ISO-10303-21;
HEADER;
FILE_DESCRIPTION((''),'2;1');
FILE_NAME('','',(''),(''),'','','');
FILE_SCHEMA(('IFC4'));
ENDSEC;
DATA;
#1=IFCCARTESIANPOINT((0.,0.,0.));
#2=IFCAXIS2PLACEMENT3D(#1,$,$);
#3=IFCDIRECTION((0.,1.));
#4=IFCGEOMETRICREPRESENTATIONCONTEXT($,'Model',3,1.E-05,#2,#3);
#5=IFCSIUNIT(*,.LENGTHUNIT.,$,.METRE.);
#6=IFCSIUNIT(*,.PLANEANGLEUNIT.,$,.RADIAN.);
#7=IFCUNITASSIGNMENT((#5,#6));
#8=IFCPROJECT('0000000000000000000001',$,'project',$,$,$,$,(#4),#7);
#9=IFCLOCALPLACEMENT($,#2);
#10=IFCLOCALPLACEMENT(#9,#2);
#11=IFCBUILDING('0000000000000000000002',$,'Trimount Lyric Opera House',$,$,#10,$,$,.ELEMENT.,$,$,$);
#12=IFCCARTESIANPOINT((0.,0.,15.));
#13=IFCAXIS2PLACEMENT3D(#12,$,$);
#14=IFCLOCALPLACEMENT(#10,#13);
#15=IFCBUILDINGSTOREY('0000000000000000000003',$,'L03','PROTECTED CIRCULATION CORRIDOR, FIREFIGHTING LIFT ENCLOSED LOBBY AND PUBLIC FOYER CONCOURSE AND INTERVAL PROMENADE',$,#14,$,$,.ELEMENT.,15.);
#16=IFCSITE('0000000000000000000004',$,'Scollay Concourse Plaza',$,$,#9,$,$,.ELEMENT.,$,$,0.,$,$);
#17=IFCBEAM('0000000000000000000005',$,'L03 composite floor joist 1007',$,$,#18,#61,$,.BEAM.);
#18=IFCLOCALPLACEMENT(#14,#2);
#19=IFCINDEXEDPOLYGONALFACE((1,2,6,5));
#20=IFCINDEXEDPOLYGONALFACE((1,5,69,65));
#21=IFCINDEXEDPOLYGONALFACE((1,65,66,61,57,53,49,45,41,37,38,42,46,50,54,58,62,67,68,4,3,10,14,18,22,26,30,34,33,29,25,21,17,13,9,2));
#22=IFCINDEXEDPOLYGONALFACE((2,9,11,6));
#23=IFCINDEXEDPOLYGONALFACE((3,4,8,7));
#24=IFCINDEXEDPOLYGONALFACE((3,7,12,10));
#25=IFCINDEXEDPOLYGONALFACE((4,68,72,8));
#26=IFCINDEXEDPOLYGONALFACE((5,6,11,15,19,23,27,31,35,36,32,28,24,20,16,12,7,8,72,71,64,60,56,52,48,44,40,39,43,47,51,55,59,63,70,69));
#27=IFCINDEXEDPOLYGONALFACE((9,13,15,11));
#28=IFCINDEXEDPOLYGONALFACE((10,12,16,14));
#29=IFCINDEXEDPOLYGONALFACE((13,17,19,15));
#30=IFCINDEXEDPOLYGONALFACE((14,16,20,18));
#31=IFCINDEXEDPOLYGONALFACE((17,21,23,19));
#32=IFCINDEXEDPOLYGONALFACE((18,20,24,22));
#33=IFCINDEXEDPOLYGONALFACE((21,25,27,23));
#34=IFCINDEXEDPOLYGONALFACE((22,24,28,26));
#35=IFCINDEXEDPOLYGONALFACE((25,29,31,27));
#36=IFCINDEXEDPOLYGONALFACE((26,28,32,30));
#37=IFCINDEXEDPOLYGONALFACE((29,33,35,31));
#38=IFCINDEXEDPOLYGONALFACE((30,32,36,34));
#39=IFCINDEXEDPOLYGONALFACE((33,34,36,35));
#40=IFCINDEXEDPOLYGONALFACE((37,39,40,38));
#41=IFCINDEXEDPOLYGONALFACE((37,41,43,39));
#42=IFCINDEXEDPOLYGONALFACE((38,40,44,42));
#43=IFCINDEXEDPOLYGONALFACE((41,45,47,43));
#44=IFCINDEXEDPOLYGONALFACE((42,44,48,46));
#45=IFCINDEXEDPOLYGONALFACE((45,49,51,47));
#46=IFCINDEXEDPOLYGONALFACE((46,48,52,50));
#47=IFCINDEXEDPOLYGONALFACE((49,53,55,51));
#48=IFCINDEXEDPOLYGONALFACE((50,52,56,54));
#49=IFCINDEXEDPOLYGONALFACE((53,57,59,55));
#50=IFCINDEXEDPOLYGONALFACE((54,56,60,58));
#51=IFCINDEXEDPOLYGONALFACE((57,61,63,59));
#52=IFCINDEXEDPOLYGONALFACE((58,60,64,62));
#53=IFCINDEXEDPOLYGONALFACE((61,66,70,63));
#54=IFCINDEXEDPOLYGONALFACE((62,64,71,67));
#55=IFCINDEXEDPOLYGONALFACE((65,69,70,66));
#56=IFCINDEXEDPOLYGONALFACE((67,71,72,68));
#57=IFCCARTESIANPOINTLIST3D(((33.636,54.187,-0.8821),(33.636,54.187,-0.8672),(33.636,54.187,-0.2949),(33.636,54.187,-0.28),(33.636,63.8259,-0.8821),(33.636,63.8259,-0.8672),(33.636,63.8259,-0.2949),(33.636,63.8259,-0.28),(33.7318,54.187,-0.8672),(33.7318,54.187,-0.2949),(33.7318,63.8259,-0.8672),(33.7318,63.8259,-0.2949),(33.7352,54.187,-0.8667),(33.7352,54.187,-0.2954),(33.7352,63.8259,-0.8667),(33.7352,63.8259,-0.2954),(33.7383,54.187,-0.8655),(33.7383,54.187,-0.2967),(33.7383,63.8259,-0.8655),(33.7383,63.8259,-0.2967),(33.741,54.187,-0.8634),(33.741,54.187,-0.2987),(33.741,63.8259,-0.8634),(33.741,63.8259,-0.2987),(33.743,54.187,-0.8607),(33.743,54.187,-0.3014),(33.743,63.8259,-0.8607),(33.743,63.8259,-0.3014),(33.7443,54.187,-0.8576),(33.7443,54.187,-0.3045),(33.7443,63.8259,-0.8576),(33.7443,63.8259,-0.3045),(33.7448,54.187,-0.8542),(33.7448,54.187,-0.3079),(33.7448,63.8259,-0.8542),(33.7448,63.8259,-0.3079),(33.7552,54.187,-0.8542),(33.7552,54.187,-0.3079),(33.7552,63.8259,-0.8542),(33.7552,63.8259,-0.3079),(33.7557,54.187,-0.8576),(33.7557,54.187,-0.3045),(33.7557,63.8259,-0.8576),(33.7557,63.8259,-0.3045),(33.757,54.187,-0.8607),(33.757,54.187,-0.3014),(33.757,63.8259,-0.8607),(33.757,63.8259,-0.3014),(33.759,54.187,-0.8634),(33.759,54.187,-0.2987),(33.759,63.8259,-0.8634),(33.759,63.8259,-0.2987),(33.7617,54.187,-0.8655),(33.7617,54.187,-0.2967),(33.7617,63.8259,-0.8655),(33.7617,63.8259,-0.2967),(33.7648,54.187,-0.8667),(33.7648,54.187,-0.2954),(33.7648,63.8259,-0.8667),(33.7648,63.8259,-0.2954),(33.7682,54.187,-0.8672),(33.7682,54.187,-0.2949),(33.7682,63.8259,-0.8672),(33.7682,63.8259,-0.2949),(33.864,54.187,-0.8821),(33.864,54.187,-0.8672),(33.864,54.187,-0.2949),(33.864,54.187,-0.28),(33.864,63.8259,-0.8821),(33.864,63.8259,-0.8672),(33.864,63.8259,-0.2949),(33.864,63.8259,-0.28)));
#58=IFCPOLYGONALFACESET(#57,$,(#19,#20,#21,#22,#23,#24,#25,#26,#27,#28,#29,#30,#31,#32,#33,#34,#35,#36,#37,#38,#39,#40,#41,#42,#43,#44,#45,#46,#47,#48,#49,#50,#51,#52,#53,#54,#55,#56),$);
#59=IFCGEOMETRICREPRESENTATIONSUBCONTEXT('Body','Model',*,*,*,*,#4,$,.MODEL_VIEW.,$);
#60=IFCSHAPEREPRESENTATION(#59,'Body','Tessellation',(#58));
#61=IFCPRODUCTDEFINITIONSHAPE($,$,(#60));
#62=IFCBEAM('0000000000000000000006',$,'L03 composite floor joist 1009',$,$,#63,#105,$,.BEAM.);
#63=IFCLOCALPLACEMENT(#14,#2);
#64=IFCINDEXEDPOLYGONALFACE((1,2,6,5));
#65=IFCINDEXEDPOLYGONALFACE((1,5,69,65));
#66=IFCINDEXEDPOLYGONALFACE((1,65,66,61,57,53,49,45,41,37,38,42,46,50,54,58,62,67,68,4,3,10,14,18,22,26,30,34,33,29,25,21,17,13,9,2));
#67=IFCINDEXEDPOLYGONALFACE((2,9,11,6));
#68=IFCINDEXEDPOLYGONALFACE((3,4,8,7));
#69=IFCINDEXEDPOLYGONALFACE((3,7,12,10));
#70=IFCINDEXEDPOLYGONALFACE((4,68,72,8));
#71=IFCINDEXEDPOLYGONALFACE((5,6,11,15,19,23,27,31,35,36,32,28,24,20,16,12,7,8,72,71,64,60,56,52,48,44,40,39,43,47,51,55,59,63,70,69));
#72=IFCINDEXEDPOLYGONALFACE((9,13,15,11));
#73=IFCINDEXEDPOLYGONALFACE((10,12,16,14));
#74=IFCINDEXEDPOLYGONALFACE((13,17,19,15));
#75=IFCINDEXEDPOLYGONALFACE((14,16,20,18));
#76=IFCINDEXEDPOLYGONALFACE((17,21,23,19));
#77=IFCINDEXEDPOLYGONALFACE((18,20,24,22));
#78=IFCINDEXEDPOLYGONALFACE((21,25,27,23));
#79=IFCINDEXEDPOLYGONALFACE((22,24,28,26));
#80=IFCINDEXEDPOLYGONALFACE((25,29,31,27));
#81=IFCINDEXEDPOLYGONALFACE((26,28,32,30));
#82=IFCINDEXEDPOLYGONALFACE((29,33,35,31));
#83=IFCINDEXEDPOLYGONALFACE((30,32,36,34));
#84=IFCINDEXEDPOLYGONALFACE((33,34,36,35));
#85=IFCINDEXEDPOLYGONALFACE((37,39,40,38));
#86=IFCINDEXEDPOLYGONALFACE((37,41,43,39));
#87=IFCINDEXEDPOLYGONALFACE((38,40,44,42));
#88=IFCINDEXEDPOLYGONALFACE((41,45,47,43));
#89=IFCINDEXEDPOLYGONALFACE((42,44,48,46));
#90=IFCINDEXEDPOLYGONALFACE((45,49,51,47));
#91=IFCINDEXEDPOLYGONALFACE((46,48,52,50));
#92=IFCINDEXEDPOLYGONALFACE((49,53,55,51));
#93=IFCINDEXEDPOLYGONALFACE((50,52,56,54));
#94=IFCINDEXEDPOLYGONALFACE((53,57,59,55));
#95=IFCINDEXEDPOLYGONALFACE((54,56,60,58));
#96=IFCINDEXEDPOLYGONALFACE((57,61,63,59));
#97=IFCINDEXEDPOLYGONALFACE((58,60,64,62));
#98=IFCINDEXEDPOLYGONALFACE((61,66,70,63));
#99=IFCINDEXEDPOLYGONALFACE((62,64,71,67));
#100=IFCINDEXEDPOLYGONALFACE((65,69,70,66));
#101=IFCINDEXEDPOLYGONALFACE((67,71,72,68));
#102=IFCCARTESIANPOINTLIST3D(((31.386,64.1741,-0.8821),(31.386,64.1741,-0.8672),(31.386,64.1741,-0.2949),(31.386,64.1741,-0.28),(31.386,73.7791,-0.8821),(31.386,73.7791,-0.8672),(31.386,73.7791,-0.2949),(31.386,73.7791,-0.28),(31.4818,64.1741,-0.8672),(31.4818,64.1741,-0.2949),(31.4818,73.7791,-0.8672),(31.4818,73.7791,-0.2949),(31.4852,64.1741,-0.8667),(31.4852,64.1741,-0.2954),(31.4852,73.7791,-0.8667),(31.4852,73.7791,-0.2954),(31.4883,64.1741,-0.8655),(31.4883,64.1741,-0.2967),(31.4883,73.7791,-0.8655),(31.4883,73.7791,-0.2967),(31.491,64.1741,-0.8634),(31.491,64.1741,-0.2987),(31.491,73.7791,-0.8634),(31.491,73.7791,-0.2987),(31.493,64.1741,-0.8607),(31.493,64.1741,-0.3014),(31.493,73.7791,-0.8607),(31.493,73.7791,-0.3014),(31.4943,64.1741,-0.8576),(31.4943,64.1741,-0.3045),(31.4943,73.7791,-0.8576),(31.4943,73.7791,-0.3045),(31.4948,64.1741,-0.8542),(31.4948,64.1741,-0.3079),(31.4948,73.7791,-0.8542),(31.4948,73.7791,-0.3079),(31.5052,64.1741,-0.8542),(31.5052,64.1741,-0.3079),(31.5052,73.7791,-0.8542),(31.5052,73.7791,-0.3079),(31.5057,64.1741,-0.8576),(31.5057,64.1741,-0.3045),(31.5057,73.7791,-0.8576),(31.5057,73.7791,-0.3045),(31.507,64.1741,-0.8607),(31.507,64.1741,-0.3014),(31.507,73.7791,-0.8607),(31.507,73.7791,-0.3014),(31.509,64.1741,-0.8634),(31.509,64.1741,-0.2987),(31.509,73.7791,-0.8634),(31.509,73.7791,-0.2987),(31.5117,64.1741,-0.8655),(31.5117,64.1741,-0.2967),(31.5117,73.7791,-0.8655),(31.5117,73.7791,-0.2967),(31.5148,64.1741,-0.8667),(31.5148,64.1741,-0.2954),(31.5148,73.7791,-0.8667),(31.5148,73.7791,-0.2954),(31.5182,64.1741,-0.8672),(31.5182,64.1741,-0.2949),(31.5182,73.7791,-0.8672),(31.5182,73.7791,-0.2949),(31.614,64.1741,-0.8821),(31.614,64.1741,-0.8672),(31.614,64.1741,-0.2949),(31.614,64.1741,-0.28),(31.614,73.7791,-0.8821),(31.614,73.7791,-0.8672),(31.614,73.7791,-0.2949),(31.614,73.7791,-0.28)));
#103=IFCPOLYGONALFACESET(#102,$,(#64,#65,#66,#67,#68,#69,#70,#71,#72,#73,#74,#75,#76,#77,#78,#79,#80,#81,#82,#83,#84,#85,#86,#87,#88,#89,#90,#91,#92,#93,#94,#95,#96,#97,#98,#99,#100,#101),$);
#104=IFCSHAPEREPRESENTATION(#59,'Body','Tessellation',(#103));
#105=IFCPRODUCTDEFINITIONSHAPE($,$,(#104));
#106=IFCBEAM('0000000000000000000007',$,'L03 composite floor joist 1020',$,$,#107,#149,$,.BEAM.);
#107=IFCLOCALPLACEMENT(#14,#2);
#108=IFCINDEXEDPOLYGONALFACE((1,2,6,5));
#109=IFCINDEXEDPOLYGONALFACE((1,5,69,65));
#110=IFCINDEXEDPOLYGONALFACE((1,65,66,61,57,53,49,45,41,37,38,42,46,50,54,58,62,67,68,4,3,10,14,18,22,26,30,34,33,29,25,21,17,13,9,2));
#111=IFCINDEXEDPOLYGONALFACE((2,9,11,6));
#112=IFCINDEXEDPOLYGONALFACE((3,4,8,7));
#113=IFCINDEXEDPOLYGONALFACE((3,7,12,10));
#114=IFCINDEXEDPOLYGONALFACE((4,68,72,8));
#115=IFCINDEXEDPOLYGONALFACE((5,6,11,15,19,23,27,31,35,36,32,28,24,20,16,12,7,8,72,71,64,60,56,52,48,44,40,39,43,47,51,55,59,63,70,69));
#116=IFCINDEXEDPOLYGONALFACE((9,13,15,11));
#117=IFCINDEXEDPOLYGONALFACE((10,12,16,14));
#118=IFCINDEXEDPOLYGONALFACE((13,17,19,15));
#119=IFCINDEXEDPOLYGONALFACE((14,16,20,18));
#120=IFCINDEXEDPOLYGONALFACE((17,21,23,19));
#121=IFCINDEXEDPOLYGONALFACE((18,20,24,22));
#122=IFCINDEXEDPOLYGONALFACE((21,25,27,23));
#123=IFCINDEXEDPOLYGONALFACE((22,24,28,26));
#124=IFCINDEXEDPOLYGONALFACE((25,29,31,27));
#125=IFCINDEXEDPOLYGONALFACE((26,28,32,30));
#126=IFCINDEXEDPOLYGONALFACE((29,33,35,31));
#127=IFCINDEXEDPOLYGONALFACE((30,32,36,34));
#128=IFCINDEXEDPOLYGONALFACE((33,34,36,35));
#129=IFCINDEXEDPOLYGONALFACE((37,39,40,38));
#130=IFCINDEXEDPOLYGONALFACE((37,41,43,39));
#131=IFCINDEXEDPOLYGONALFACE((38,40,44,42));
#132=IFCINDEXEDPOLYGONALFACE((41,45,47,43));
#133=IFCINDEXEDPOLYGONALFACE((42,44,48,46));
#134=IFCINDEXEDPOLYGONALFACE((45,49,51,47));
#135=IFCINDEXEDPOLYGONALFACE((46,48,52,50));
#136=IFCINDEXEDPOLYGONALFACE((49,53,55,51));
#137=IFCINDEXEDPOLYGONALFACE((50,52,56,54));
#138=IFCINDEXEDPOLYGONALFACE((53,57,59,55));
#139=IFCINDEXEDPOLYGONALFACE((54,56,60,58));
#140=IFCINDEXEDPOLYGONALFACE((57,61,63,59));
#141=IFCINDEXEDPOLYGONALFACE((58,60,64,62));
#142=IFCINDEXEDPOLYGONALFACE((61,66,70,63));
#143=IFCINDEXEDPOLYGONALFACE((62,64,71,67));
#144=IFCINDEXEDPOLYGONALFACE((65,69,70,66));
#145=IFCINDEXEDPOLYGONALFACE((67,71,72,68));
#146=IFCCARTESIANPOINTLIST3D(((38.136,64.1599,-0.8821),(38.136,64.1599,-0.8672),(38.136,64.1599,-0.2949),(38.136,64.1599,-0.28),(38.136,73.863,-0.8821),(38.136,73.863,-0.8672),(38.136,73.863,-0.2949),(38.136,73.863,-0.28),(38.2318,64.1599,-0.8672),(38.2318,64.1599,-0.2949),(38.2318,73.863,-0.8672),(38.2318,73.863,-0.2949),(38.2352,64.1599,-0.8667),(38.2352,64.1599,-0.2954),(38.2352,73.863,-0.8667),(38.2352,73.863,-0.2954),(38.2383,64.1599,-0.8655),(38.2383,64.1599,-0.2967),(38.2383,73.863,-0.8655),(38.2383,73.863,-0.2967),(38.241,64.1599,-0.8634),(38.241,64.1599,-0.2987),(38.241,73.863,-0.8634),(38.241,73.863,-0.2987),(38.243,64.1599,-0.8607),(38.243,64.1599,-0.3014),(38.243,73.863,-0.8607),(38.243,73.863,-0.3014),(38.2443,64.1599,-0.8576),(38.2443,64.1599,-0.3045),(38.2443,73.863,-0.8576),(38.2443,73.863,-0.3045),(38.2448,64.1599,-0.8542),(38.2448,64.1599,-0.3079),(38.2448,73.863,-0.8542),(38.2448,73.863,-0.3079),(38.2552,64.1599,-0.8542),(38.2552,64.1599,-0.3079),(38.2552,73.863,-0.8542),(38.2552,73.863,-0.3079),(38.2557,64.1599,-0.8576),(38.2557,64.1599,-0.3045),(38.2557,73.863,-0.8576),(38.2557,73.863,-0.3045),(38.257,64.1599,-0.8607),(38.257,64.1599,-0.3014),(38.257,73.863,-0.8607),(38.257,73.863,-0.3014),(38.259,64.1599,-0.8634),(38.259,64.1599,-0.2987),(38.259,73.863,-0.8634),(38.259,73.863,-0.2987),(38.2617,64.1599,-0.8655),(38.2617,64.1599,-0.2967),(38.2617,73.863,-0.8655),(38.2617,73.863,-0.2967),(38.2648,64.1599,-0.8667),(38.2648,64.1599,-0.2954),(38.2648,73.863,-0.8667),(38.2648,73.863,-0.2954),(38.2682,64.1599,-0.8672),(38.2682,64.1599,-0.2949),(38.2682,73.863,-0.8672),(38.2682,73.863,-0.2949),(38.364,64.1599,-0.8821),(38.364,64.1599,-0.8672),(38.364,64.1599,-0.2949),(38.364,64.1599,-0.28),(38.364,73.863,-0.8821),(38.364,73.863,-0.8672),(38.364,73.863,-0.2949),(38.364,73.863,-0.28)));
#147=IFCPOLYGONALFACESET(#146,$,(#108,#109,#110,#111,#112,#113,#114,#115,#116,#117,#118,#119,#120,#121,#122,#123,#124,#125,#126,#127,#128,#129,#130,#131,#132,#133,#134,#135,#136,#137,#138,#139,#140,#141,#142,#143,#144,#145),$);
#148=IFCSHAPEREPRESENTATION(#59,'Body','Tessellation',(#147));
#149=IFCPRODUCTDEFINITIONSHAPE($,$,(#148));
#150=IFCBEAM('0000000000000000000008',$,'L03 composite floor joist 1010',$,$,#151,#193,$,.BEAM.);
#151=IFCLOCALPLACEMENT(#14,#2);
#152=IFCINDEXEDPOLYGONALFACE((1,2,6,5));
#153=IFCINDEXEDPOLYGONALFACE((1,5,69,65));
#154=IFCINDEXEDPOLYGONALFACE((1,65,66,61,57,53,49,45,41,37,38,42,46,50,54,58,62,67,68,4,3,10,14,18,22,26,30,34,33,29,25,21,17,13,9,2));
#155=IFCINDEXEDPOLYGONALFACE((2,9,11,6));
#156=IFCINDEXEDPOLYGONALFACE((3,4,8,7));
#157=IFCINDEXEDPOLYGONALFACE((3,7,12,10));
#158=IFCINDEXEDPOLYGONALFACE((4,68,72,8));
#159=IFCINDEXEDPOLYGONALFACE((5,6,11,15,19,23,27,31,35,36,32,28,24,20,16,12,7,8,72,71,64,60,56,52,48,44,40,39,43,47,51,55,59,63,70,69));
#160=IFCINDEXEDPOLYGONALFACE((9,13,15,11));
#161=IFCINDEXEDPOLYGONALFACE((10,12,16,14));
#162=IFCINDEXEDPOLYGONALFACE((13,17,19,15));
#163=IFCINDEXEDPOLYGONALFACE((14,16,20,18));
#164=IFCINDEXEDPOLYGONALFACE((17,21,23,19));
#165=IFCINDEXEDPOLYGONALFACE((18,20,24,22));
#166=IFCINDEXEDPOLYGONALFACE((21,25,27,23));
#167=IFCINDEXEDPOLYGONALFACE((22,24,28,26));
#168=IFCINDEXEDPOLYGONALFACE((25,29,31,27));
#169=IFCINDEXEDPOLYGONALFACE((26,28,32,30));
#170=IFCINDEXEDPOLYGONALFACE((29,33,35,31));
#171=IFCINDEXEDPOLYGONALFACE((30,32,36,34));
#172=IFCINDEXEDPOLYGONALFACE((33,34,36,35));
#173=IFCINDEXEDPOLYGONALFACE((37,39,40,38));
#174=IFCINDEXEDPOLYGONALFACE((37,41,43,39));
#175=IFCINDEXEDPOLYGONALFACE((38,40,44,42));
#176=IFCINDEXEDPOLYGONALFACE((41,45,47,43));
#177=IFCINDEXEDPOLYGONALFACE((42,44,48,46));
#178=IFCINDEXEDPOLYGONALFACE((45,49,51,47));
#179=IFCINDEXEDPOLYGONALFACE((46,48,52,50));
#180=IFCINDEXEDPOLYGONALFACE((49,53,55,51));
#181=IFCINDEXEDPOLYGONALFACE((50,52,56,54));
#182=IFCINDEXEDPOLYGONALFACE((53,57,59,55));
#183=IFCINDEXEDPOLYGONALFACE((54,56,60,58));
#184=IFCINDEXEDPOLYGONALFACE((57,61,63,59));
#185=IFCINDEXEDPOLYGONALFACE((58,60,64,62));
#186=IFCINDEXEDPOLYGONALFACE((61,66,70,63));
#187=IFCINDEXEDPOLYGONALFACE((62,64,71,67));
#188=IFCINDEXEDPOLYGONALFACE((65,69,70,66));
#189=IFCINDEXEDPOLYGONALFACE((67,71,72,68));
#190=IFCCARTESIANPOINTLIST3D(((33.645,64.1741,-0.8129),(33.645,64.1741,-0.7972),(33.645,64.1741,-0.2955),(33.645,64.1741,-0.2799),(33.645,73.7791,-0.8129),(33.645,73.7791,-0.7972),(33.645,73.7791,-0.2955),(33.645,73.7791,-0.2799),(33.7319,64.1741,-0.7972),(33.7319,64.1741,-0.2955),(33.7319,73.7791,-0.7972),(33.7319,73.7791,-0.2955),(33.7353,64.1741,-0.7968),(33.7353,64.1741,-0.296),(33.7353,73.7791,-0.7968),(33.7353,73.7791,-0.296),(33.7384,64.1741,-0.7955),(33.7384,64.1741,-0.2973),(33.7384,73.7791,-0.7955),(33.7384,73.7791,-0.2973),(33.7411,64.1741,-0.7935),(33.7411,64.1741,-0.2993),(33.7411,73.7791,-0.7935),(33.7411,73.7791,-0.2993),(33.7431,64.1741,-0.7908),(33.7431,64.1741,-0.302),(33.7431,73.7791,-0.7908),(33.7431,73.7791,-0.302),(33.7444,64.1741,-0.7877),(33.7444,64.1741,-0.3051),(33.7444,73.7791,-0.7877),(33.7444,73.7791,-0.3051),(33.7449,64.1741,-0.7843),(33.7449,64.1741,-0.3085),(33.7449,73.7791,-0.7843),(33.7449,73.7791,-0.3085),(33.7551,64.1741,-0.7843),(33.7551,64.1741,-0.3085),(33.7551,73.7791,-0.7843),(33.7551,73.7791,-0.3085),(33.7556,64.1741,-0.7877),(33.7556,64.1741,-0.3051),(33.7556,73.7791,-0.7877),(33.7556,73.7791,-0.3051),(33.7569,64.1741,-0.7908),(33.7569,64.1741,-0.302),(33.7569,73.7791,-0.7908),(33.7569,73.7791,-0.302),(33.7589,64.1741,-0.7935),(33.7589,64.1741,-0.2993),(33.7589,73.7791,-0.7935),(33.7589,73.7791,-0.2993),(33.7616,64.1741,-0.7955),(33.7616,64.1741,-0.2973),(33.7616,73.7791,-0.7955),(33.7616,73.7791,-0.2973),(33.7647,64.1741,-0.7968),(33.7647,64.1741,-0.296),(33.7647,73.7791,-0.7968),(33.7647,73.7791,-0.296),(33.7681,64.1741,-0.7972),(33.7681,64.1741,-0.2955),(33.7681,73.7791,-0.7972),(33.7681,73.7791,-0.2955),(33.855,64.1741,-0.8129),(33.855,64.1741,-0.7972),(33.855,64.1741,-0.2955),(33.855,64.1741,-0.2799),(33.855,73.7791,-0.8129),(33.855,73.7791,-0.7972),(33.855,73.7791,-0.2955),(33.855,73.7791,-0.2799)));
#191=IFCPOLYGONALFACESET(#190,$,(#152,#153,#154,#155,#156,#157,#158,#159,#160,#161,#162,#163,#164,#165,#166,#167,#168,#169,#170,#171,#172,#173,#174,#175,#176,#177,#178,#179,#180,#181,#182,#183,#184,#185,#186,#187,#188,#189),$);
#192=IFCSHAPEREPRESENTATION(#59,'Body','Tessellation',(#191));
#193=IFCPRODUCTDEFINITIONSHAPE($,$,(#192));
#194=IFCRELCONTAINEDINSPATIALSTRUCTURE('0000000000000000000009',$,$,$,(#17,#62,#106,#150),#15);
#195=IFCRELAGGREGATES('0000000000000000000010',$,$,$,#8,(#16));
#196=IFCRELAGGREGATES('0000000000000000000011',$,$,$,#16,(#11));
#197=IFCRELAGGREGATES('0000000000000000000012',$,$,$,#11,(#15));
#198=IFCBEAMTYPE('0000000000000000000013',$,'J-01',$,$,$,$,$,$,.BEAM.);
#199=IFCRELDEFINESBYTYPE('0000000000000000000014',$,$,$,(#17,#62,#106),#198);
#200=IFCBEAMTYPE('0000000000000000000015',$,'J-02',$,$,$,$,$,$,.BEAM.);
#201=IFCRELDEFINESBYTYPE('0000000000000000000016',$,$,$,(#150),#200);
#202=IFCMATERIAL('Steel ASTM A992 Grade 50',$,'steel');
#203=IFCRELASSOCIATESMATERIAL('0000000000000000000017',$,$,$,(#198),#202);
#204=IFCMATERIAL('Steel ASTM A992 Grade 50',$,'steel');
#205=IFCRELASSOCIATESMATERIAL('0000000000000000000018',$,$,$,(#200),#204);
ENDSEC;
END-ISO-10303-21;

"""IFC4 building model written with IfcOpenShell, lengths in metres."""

from ifc_helpers import new_model, si_unit, direction, frame, origin, origin_2d, place, context, subcontext, project, spatial, i_section, extrude, material, material_profile, profile_set, type_object, element, save


model = new_model("IFC4")

# Units and contexts
model_context = context("Model", 3, precision=1e-05, world=origin(), true_north=direction((0.0, 1.0)))
body_context = subcontext(model_context, "Body", "Model", "MODEL_VIEW")
ifc_project = project(units=[si_unit("LENGTHUNIT", "METRE"), si_unit("PLANEANGLEUNIT", "RADIAN")], contexts=[model_context])

# Site, building, storey
site_placement = place(None, origin())
site = spatial("IfcSite", under=ifc_project, at=site_placement, Name="Scollay Concourse Plaza", CompositionType="ELEMENT", RefElevation=0.0)
building_placement = place(site_placement, origin())
building = spatial("IfcBuilding", under=site, at=building_placement, Name="Trimount Lyric Opera House", CompositionType="ELEMENT")
storey_placement = place(building_placement, frame((0.0, 0.0, 15.0)))
storey = spatial("IfcBuildingStorey", under=building, at=storey_placement, Name="L03", Description="PROTECTED CIRCULATION CORRIDOR, FIREFIGHTING LIFT ENCLOSED LOBBY AND PUBLIC FOYER CONCOURSE AND INTERVAL PROMENADE", CompositionType="ELEMENT", Elevation=15.0)

# Beams
ifc_material_1 = material(Name="Steel ASTM A992 Grade 50", Category="steel")
ifc_material_profile_1 = material_profile(ifc_material_1, i_section(OverallWidth=0.228, OverallDepth=0.6021, WebThickness=0.0105, FlangeThickness=0.0149, FilletRadius=0.0129, at=origin_2d()), Name="W24X68")
ifc_profile_set_1 = profile_set([ifc_material_profile_1], Name="Steel ASTM A992 Grade 50")
beam_type_1 = type_object("IfcBeamType", Name="J-01", PredefinedType="BEAM", material=ifc_profile_set_1)
beam_1_placement = place(storey_placement, frame((33.75, 54.187, -0.5811), z_axis=(0.0, 1.0, 0.0), x_axis=(-1.0, 0.0, 0.0)))
element("IfcBeam", 1, at=beam_1_placement, inside=storey, type_object=beam_type_1, Name="L03 composite floor joist 1007", PredefinedType="BEAM", context=body_context, shape_type="SweptSolid", body=[
    extrude(i_section(OverallWidth=0.228, OverallDepth=0.6021, WebThickness=0.0105, FlangeThickness=0.0149, FilletRadius=0.0129, at=origin_2d()), origin(), (0.0, 0.0, 1.0), 9.6389),
])
beam_2_placement = place(storey_placement, frame((31.5, 64.1741, -0.5811), z_axis=(0.0, 1.0, 0.0), x_axis=(-1.0, 0.0, 0.0)))
element("IfcBeam", 2, at=beam_2_placement, inside=storey, type_object=beam_type_1, Name="L03 composite floor joist 1009", PredefinedType="BEAM", context=body_context, shape_type="SweptSolid", body=[
    extrude(i_section(OverallWidth=0.228, OverallDepth=0.6021, WebThickness=0.0105, FlangeThickness=0.0149, FilletRadius=0.0129, at=origin_2d()), origin(), (0.0, 0.0, 1.0), 9.605),
])
beam_3_placement = place(storey_placement, frame((38.25, 64.1599, -0.5811), z_axis=(0.0, 1.0, 0.0), x_axis=(-1.0, 0.0, 0.0)))
element("IfcBeam", 3, at=beam_3_placement, inside=storey, type_object=beam_type_1, Name="L03 composite floor joist 1020", PredefinedType="BEAM", context=body_context, shape_type="SweptSolid", body=[
    extrude(i_section(OverallWidth=0.228, OverallDepth=0.6021, WebThickness=0.0105, FlangeThickness=0.0149, FilletRadius=0.0129, at=origin_2d()), origin(), (0.0, 0.0, 1.0), 9.7031),
])
ifc_material_2 = material(Name="Steel ASTM A992 Grade 50", Category="steel")
ifc_material_profile_2 = material_profile(ifc_material_2, i_section(OverallWidth=0.21, OverallDepth=0.533, WebThickness=0.0103, FlangeThickness=0.0156, FilletRadius=0.0129, at=origin_2d()), Name="W21X62")
ifc_profile_set_2 = profile_set([ifc_material_profile_2], Name="Steel ASTM A992 Grade 50")
beam_type_2 = type_object("IfcBeamType", Name="J-02", PredefinedType="BEAM", material=ifc_profile_set_2)
beam_4_placement = place(storey_placement, frame((33.75, 64.1741, -0.5464), z_axis=(0.0, 1.0, 0.0), x_axis=(-1.0, 0.0, 0.0)))
element("IfcBeam", 4, at=beam_4_placement, inside=storey, type_object=beam_type_2, Name="L03 composite floor joist 1010", PredefinedType="BEAM", context=body_context, shape_type="SweptSolid", body=[
    extrude(i_section(OverallWidth=0.21, OverallDepth=0.533, WebThickness=0.0103, FlangeThickness=0.0156, FilletRadius=0.0129, at=origin_2d()), origin(), (0.0, 0.0, 1.0), 9.605),
])

save(model, "model.ifc")
